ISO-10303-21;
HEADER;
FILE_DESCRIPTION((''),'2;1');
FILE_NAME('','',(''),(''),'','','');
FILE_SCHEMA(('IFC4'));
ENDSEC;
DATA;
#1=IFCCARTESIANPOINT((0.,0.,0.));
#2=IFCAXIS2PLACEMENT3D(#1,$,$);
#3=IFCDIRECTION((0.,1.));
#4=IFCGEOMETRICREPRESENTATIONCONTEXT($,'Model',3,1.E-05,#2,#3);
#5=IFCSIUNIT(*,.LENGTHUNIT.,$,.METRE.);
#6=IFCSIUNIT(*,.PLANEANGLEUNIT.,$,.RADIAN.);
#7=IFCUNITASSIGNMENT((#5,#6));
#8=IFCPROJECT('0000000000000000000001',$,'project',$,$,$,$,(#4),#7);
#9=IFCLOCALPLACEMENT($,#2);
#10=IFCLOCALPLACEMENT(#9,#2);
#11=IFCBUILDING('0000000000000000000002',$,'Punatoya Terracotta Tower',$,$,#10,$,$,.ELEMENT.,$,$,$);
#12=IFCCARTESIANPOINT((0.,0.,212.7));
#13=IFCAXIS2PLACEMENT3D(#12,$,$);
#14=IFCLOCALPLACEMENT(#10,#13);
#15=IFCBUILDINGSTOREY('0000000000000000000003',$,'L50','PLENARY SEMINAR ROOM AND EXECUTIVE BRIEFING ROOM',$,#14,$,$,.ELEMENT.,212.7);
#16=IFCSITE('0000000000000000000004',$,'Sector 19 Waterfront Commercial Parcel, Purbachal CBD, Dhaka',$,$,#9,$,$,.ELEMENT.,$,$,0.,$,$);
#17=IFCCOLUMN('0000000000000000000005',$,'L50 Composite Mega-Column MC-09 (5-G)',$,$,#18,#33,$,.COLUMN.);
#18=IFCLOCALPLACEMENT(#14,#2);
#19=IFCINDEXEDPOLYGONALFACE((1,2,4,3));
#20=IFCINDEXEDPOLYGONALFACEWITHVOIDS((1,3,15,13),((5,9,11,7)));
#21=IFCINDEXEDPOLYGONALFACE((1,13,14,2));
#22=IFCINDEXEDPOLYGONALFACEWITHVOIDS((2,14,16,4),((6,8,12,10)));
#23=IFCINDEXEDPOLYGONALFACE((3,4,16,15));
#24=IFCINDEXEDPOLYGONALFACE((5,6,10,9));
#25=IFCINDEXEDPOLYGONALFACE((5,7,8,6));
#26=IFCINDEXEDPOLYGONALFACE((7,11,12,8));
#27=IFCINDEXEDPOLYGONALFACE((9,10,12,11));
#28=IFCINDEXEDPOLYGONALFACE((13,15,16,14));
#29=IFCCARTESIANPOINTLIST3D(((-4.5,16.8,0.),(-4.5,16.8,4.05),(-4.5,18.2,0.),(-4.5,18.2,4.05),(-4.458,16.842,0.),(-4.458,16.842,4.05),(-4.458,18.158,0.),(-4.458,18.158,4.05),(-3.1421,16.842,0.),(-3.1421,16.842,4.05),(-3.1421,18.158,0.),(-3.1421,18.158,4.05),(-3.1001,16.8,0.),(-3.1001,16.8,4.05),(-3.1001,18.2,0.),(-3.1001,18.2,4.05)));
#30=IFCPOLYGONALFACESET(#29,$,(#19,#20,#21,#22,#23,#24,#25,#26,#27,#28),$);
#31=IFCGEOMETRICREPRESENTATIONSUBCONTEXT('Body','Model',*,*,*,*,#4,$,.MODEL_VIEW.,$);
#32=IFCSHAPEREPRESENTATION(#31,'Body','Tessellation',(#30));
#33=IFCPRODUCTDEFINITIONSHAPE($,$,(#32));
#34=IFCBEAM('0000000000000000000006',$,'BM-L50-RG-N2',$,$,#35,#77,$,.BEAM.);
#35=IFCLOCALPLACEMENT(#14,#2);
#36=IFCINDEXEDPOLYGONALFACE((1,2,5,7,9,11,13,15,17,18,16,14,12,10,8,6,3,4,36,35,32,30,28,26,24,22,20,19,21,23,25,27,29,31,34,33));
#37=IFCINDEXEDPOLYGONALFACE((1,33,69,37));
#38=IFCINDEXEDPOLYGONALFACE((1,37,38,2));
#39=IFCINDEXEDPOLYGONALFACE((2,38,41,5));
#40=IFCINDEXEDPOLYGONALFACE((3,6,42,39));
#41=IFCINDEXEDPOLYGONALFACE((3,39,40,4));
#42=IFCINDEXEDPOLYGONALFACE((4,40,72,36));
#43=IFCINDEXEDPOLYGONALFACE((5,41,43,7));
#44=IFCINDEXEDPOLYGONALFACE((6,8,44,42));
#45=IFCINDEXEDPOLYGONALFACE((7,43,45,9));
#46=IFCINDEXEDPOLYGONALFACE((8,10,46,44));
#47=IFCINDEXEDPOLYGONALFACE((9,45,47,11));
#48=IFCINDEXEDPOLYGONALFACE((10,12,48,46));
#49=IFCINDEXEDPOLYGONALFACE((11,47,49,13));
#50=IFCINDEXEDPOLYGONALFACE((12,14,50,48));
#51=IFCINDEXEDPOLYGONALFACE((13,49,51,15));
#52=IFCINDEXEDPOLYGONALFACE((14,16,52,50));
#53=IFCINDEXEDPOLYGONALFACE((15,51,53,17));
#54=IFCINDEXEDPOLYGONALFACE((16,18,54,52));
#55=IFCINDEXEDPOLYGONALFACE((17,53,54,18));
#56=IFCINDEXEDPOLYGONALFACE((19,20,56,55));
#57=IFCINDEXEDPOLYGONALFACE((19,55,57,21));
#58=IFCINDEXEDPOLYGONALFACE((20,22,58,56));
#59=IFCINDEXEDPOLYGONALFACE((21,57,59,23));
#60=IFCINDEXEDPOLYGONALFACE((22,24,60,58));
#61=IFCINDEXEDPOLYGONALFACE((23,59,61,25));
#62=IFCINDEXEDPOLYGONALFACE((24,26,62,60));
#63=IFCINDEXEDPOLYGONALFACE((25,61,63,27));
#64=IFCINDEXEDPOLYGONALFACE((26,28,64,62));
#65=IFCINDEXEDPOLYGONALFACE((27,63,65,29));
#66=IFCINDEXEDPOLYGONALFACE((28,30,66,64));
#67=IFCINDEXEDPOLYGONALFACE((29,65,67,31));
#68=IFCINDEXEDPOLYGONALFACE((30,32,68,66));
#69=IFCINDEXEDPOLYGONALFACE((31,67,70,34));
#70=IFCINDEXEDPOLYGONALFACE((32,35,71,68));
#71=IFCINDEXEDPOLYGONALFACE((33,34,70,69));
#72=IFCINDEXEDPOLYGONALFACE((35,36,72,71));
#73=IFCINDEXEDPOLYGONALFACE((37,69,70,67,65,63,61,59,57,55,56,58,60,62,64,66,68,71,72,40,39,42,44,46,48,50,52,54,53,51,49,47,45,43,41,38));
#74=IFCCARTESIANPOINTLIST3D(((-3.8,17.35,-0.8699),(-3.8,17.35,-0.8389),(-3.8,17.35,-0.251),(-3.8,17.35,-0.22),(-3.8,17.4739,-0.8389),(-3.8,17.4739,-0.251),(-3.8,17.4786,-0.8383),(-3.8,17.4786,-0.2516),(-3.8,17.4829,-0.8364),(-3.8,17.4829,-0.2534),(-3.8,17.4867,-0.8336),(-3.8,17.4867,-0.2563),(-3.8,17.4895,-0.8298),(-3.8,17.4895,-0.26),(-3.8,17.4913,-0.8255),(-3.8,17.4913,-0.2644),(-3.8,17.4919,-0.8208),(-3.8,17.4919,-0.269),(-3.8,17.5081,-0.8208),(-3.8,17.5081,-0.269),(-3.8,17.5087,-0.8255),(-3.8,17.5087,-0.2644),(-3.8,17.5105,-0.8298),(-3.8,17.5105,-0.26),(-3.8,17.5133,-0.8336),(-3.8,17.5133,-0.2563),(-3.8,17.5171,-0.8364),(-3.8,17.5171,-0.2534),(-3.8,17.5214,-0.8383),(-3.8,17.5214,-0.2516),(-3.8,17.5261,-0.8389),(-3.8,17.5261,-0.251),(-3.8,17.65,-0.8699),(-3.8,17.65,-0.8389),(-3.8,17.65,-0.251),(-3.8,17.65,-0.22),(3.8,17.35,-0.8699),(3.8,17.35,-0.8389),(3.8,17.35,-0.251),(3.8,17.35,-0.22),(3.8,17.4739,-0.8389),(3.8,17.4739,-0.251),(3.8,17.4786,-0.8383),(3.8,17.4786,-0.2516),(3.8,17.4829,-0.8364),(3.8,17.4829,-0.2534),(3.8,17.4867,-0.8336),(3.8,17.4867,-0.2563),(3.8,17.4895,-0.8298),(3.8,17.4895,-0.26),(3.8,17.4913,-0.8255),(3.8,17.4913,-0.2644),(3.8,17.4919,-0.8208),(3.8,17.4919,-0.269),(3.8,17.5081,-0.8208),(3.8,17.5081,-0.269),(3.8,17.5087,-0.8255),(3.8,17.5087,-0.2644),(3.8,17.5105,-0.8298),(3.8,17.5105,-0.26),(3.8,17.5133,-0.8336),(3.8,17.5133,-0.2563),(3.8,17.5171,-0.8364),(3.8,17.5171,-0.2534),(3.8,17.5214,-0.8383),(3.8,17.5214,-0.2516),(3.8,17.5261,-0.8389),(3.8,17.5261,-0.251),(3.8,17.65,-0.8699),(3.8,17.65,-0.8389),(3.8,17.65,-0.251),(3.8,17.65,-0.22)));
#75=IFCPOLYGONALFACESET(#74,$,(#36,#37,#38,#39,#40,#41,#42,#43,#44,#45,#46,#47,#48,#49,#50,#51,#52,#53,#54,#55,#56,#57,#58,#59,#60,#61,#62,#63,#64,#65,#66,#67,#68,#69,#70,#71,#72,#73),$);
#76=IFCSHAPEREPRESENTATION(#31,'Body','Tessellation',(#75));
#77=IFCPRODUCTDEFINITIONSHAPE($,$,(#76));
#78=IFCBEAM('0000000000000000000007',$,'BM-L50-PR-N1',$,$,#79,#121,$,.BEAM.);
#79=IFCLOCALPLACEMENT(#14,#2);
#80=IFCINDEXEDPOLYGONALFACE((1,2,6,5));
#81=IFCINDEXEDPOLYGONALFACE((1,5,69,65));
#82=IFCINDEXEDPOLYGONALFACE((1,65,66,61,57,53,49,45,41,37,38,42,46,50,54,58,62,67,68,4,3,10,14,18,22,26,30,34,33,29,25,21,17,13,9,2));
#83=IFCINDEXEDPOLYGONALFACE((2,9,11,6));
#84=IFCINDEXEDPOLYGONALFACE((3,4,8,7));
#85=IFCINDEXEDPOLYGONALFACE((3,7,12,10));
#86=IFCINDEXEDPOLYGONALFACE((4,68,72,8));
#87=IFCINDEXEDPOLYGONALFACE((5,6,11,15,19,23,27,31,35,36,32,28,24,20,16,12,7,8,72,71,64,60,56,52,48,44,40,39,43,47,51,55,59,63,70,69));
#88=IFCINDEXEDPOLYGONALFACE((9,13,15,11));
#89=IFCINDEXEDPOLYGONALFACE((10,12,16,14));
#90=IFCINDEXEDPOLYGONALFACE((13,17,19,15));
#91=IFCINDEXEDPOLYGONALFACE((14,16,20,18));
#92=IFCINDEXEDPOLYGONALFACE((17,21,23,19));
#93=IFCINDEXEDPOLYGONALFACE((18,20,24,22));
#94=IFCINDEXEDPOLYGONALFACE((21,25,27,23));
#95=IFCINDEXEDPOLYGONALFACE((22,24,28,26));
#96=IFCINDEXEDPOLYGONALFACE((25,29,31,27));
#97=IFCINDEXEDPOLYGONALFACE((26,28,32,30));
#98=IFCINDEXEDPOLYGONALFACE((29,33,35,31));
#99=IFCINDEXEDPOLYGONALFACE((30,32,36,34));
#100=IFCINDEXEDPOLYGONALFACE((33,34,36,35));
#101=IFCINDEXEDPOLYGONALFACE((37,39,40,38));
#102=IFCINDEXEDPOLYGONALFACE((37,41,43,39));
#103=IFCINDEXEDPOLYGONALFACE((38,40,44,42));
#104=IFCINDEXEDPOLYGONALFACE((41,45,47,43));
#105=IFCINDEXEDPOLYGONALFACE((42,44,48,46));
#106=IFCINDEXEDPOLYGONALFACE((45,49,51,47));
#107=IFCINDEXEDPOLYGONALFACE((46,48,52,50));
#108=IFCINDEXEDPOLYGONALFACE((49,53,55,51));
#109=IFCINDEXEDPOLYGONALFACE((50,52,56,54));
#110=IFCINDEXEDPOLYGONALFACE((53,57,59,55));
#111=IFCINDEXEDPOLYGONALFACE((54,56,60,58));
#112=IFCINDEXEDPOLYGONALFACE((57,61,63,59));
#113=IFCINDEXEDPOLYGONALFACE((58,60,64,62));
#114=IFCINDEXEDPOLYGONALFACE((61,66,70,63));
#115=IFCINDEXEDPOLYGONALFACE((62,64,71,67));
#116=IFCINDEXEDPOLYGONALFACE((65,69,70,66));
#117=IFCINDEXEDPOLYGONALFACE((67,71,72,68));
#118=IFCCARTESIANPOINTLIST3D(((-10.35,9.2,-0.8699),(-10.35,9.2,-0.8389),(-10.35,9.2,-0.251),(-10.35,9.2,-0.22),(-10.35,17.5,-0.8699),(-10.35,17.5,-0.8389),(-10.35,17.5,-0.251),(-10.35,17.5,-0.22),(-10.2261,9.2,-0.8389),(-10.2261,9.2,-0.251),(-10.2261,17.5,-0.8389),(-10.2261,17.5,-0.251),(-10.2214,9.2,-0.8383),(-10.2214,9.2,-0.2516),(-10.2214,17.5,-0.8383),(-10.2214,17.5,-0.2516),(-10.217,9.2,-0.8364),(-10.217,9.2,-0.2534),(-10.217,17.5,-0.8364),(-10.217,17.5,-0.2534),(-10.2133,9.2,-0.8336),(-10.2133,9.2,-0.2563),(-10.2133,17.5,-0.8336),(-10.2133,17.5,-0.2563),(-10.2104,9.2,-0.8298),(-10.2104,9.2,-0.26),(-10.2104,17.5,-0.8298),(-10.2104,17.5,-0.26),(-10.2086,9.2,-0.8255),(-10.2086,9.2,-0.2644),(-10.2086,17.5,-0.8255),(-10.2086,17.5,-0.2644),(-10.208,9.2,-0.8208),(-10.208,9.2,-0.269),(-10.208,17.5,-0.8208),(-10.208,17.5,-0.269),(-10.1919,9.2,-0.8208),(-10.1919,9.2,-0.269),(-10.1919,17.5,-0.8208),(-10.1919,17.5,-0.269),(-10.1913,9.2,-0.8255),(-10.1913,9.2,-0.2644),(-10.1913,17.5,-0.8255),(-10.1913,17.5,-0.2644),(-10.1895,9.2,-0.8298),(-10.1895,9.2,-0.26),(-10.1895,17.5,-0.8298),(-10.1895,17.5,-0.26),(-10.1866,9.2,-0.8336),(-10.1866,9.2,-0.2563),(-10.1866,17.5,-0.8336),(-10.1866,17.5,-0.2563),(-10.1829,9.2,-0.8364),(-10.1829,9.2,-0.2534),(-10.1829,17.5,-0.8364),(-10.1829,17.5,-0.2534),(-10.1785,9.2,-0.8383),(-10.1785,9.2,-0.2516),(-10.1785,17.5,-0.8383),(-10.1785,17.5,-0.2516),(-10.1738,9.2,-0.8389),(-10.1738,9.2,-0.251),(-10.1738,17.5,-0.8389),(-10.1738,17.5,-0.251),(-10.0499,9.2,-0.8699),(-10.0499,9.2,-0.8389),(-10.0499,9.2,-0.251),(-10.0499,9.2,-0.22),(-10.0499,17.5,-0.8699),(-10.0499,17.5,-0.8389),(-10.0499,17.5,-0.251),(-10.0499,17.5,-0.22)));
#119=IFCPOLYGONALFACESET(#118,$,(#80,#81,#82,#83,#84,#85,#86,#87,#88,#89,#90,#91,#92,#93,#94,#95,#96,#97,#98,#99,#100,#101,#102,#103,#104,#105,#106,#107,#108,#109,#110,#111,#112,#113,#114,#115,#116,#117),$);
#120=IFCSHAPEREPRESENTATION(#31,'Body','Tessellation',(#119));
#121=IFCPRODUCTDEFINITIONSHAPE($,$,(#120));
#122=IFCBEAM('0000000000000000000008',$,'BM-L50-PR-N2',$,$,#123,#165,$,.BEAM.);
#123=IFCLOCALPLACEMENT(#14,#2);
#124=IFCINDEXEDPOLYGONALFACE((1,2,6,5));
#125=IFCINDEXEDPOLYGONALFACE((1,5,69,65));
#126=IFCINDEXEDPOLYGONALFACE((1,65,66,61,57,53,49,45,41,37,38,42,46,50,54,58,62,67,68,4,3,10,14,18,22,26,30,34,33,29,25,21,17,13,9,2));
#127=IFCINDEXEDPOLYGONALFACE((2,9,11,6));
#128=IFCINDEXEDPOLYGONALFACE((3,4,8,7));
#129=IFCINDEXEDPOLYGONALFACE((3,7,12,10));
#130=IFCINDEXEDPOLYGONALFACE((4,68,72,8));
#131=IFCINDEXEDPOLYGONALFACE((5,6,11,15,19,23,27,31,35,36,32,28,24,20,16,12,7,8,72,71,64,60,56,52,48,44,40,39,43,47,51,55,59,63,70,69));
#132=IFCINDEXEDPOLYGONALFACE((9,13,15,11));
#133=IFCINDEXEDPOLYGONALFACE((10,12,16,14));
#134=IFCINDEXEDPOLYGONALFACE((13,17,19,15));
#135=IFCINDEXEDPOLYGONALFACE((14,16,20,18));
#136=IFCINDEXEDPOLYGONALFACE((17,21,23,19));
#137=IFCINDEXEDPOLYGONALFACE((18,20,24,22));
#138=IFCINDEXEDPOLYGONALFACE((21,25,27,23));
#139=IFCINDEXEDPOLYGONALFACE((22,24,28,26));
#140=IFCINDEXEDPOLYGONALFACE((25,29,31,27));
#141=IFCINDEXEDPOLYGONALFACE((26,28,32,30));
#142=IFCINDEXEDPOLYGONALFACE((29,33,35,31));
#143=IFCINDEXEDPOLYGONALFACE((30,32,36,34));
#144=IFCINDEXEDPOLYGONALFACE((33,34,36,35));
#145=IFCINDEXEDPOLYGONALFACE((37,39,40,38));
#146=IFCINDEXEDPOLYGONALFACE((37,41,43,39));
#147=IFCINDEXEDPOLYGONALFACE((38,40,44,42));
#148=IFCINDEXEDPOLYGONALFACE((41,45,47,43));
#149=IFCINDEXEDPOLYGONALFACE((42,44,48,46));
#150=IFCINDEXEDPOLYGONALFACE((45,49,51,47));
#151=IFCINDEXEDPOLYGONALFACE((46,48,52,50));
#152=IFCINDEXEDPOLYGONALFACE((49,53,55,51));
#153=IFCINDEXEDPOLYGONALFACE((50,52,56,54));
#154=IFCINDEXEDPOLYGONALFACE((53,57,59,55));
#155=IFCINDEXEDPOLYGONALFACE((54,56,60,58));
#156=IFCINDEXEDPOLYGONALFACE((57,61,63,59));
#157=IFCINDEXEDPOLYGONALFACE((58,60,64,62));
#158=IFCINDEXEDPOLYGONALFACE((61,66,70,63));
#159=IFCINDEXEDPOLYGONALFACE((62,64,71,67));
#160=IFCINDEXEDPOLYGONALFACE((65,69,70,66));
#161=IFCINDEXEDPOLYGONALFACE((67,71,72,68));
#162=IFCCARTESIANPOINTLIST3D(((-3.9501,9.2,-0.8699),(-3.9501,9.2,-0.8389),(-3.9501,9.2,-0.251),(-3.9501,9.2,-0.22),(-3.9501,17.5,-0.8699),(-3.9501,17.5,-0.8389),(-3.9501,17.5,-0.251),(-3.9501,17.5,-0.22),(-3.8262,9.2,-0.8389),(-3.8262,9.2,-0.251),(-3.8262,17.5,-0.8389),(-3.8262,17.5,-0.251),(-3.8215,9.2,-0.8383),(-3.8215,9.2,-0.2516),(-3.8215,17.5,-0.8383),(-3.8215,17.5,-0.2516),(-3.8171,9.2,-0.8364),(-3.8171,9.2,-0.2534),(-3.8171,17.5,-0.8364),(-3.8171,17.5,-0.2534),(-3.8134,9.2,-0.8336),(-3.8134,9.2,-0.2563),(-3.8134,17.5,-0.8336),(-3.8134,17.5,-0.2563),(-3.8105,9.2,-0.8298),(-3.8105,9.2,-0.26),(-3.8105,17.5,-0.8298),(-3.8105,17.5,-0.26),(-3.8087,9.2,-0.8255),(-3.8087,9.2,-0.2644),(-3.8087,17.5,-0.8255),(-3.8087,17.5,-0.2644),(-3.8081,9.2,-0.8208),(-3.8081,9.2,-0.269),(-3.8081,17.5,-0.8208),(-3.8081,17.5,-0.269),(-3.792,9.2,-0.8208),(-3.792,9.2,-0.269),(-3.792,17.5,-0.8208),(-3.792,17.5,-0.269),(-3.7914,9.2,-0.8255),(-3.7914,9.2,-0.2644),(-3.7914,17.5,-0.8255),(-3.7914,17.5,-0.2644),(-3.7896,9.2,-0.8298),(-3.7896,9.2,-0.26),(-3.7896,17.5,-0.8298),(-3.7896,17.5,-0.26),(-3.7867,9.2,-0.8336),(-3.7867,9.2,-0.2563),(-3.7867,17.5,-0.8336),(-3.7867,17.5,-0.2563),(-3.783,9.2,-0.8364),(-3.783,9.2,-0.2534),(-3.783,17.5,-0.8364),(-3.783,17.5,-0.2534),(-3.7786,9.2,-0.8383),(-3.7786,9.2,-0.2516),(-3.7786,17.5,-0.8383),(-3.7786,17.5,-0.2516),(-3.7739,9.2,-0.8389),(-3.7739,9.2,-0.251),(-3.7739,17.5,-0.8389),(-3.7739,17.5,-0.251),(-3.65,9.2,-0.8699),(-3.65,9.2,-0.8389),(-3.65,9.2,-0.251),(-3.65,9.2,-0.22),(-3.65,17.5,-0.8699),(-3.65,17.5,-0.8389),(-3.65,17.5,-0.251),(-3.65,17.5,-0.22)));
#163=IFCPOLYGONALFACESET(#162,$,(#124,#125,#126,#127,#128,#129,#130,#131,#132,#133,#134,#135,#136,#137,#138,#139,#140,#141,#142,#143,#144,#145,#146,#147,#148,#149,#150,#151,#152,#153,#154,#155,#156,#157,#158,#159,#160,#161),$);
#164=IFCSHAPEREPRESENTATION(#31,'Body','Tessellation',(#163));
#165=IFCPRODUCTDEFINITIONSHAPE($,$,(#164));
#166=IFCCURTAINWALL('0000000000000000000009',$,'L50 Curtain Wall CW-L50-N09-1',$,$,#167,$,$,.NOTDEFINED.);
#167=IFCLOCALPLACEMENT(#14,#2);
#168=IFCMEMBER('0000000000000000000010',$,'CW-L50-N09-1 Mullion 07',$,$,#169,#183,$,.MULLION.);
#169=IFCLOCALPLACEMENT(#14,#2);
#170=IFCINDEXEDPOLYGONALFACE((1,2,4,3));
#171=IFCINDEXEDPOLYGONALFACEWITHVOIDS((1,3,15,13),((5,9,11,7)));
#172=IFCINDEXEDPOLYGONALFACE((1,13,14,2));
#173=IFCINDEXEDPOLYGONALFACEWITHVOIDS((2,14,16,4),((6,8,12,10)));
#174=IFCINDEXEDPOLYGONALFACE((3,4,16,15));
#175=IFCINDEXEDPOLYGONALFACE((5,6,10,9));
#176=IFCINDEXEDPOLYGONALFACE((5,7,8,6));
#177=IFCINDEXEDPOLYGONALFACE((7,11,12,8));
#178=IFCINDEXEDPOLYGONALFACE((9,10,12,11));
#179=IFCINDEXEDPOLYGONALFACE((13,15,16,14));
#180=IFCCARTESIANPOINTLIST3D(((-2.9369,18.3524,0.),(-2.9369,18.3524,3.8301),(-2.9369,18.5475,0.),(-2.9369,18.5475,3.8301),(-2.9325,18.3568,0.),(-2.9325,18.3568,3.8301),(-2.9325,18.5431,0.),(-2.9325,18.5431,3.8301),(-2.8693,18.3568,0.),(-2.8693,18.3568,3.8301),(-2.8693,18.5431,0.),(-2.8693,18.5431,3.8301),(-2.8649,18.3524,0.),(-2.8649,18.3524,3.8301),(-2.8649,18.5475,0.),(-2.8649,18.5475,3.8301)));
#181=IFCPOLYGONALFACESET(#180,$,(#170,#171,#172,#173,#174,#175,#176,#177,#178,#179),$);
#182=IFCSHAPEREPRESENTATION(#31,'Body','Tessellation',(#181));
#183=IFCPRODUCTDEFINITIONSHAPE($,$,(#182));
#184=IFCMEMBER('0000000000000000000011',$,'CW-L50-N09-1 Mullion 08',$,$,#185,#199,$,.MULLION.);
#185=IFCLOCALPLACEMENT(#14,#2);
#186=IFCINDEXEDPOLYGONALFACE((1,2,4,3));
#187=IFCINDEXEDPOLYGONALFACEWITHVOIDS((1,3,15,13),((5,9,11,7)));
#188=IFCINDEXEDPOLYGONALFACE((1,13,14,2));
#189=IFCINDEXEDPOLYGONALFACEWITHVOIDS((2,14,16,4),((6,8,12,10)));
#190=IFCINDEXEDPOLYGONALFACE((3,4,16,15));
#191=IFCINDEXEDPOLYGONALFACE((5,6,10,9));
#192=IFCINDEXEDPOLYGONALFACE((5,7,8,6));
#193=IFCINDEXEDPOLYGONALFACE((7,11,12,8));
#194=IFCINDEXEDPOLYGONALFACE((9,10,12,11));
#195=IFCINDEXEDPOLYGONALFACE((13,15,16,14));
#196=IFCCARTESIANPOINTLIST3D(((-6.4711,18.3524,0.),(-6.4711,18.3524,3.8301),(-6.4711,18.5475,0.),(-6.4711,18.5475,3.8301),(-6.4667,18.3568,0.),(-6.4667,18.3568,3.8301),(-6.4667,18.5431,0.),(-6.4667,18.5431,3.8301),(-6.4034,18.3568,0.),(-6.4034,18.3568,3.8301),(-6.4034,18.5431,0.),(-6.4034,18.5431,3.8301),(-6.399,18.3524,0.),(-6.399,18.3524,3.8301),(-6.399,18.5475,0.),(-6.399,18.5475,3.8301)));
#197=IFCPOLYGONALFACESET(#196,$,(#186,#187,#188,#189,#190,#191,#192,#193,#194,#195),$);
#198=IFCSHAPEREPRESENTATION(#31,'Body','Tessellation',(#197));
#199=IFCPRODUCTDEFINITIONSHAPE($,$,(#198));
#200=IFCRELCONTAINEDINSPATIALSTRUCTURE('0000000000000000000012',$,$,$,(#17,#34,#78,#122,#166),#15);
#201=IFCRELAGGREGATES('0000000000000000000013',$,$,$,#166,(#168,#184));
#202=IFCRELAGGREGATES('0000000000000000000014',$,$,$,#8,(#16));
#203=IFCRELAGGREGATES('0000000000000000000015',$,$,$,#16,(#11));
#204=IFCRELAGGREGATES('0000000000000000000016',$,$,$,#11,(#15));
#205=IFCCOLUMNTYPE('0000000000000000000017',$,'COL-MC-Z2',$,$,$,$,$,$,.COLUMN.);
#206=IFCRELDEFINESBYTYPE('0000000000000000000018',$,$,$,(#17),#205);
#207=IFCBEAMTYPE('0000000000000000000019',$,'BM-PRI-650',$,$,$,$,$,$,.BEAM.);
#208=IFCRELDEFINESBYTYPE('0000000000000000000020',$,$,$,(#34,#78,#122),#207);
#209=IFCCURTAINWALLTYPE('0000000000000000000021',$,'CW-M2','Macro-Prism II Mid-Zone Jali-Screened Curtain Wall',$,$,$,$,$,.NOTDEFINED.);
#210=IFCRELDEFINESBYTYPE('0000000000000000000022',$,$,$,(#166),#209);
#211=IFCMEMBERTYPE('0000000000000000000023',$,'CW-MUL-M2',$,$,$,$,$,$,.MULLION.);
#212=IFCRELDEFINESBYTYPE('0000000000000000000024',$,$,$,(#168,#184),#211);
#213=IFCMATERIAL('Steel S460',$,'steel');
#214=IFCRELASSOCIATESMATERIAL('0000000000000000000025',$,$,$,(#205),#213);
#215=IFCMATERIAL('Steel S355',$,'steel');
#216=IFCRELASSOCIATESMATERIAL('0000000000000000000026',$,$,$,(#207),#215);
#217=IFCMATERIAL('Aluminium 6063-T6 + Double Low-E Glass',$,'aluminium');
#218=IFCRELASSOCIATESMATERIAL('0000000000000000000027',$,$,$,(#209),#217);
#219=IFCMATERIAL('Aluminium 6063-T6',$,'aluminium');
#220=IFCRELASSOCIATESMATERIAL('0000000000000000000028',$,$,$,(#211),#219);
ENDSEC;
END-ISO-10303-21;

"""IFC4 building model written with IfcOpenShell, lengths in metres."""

from ifc_helpers import new_model, si_unit, direction, frame, origin, origin_2d, place, context, subcontext, project, spatial, hollow_rectangle, i_section, extrude, material, material_profile, profile_set, type_object, element, aggregate, save


model = new_model("IFC4")

# Units and contexts
model_context = context("Model", 3, precision=1e-05, world=origin(), true_north=direction((0.0, 1.0)))
body_context = subcontext(model_context, "Body", "Model", "MODEL_VIEW")
ifc_project = project(units=[si_unit("LENGTHUNIT", "METRE"), si_unit("PLANEANGLEUNIT", "RADIAN")], contexts=[model_context])

# Site, building, storey
site_placement = place(None, origin())
site = spatial("IfcSite", under=ifc_project, at=site_placement, Name="Sector 19 Waterfront Commercial Parcel, Purbachal CBD, Dhaka", CompositionType="ELEMENT", RefElevation=0.0)
building_placement = place(site_placement, origin())
building = spatial("IfcBuilding", under=site, at=building_placement, Name="Punatoya Terracotta Tower", CompositionType="ELEMENT")
storey_placement = place(building_placement, frame((0.0, 0.0, 212.7)))
storey = spatial("IfcBuildingStorey", under=building, at=storey_placement, Name="L50", Description="PLENARY SEMINAR ROOM AND EXECUTIVE BRIEFING ROOM", CompositionType="ELEMENT", Elevation=212.7)

# Column
ifc_material_1 = material(Name="Steel S460", Category="steel")
ifc_material_profile_1 = material_profile(ifc_material_1, hollow_rectangle(XDim=1.3999, YDim=1.3999, WallThickness=0.042, at=origin_2d()))
ifc_profile_set_1 = profile_set([ifc_material_profile_1], Name="Steel S460")
column_type = type_object("IfcColumnType", Name="COL-MC-Z2", PredefinedType="COLUMN", material=ifc_profile_set_1)
column_placement = place(storey_placement, frame((-3.8, 17.5, 0.0), z_axis=(0.0, 0.0, 1.0), x_axis=(1.0, 0.0, 0.0)))
element("IfcColumn", 1, at=column_placement, inside=storey, type_object=column_type, Name="L50 Composite Mega-Column MC-09 (5-G)", PredefinedType="COLUMN", context=body_context, shape_type="SweptSolid", body=[
    extrude(hollow_rectangle(XDim=1.3999, YDim=1.3999, WallThickness=0.042, at=origin_2d()), origin(), (0.0, 0.0, 1.0), 4.05),
])

# Beams
ifc_material_2 = material(Name="Steel S355", Category="steel")
ifc_material_profile_2 = material_profile(ifc_material_2, i_section(OverallWidth=0.3, OverallDepth=0.6499, WebThickness=0.0161, FlangeThickness=0.031, FilletRadius=0.0181, at=origin_2d()))
ifc_profile_set_2 = profile_set([ifc_material_profile_2], Name="Steel S355")
beam_type = type_object("IfcBeamType", Name="BM-PRI-650", PredefinedType="BEAM", material=ifc_profile_set_2)
beam_placement = place(storey_placement, frame((-3.8, 17.5, -0.5449), z_axis=(1.0, 0.0, 0.0), x_axis=(0.0, 1.0, 0.0)))
element("IfcBeam", 2, at=beam_placement, inside=storey, type_object=beam_type, Name="BM-L50-RG-N2", PredefinedType="BEAM", context=body_context, shape_type="SweptSolid", body=[
    extrude(i_section(OverallWidth=0.3, OverallDepth=0.6499, WebThickness=0.0161, FlangeThickness=0.031, FilletRadius=0.0181, at=origin_2d()), origin(), (0.0, 0.0, 1.0), 7.6001),
])
for number, where, z_axis, x_axis, name in (
    (3, (-10.2, 9.2, -0.5449), (0.0, 1.0, 0.0), (-1.0, 0.0, 0.0), "BM-L50-PR-N1"),
    (4, (-3.8, 9.2, -0.5449), (0.0, 1.0, 0.0), (-1.0, 0.0, 0.0), "BM-L50-PR-N2"),
):
    element("IfcBeam", number, at=place(storey_placement, frame(where, z_axis=z_axis, x_axis=x_axis)), inside=storey, type_object=beam_type, Name=name, PredefinedType="BEAM", context=body_context, shape_type="SweptSolid", body=[
        extrude(i_section(OverallWidth=0.3, OverallDepth=0.6499, WebThickness=0.0161, FlangeThickness=0.031, FilletRadius=0.0181, at=origin_2d()), origin(), (0.0, 0.0, 1.0), 8.3),
    ])

# Curtain wall, members
ifc_material_3 = material(Name="Aluminium 6063-T6 + Double Low-E Glass", Category="aluminium")
curtain_wall_type = type_object("IfcCurtainWallType", Name="CW-M2", Description="Macro-Prism II Mid-Zone Jali-Screened Curtain Wall", PredefinedType="NOTDEFINED", material=ifc_material_3)
curtain_wall_placement = place(storey_placement, origin())
curtain_wall = element("IfcCurtainWall", 5, at=curtain_wall_placement, inside=storey, type_object=curtain_wall_type, Name="L50 Curtain Wall CW-L50-N09-1", PredefinedType="NOTDEFINED")
ifc_material_4 = material(Name="Aluminium 6063-T6", Category="aluminium")
ifc_material_profile_3 = material_profile(ifc_material_4, hollow_rectangle(XDim=0.072, YDim=0.1951, WallThickness=0.0044, at=origin_2d()))
ifc_profile_set_3 = profile_set([ifc_material_profile_3], Name="Aluminium 6063-T6")
member_type = type_object("IfcMemberType", Name="CW-MUL-M2", PredefinedType="MULLION", material=ifc_profile_set_3)
member_1_placement = place(storey_placement, frame((-2.9009, 18.45, 0.0), z_axis=(0.0, 0.0, 1.0), x_axis=(1.0, 0.0, 0.0)))
member_1 = element("IfcMember", 6, at=member_1_placement, type_object=member_type, Name="CW-L50-N09-1 Mullion 07", PredefinedType="MULLION", context=body_context, shape_type="SweptSolid", body=[
    extrude(hollow_rectangle(XDim=0.072, YDim=0.1951, WallThickness=0.0044, at=origin_2d()), origin(), (0.0, 0.0, 1.0), 3.8301),
])
member_2_placement = place(storey_placement, frame((-6.4351, 18.45, 0.0), z_axis=(0.0, 0.0, 1.0), x_axis=(1.0, 0.0, 0.0)))
member_2 = element("IfcMember", 7, at=member_2_placement, type_object=member_type, Name="CW-L50-N09-1 Mullion 08", PredefinedType="MULLION", context=body_context, shape_type="SweptSolid", body=[
    extrude(hollow_rectangle(XDim=0.072, YDim=0.1951, WallThickness=0.0044, at=origin_2d()), origin(), (0.0, 0.0, 1.0), 3.8301),
])
aggregate(curtain_wall, [member_1, member_2])

save(model, "model.ifc")
